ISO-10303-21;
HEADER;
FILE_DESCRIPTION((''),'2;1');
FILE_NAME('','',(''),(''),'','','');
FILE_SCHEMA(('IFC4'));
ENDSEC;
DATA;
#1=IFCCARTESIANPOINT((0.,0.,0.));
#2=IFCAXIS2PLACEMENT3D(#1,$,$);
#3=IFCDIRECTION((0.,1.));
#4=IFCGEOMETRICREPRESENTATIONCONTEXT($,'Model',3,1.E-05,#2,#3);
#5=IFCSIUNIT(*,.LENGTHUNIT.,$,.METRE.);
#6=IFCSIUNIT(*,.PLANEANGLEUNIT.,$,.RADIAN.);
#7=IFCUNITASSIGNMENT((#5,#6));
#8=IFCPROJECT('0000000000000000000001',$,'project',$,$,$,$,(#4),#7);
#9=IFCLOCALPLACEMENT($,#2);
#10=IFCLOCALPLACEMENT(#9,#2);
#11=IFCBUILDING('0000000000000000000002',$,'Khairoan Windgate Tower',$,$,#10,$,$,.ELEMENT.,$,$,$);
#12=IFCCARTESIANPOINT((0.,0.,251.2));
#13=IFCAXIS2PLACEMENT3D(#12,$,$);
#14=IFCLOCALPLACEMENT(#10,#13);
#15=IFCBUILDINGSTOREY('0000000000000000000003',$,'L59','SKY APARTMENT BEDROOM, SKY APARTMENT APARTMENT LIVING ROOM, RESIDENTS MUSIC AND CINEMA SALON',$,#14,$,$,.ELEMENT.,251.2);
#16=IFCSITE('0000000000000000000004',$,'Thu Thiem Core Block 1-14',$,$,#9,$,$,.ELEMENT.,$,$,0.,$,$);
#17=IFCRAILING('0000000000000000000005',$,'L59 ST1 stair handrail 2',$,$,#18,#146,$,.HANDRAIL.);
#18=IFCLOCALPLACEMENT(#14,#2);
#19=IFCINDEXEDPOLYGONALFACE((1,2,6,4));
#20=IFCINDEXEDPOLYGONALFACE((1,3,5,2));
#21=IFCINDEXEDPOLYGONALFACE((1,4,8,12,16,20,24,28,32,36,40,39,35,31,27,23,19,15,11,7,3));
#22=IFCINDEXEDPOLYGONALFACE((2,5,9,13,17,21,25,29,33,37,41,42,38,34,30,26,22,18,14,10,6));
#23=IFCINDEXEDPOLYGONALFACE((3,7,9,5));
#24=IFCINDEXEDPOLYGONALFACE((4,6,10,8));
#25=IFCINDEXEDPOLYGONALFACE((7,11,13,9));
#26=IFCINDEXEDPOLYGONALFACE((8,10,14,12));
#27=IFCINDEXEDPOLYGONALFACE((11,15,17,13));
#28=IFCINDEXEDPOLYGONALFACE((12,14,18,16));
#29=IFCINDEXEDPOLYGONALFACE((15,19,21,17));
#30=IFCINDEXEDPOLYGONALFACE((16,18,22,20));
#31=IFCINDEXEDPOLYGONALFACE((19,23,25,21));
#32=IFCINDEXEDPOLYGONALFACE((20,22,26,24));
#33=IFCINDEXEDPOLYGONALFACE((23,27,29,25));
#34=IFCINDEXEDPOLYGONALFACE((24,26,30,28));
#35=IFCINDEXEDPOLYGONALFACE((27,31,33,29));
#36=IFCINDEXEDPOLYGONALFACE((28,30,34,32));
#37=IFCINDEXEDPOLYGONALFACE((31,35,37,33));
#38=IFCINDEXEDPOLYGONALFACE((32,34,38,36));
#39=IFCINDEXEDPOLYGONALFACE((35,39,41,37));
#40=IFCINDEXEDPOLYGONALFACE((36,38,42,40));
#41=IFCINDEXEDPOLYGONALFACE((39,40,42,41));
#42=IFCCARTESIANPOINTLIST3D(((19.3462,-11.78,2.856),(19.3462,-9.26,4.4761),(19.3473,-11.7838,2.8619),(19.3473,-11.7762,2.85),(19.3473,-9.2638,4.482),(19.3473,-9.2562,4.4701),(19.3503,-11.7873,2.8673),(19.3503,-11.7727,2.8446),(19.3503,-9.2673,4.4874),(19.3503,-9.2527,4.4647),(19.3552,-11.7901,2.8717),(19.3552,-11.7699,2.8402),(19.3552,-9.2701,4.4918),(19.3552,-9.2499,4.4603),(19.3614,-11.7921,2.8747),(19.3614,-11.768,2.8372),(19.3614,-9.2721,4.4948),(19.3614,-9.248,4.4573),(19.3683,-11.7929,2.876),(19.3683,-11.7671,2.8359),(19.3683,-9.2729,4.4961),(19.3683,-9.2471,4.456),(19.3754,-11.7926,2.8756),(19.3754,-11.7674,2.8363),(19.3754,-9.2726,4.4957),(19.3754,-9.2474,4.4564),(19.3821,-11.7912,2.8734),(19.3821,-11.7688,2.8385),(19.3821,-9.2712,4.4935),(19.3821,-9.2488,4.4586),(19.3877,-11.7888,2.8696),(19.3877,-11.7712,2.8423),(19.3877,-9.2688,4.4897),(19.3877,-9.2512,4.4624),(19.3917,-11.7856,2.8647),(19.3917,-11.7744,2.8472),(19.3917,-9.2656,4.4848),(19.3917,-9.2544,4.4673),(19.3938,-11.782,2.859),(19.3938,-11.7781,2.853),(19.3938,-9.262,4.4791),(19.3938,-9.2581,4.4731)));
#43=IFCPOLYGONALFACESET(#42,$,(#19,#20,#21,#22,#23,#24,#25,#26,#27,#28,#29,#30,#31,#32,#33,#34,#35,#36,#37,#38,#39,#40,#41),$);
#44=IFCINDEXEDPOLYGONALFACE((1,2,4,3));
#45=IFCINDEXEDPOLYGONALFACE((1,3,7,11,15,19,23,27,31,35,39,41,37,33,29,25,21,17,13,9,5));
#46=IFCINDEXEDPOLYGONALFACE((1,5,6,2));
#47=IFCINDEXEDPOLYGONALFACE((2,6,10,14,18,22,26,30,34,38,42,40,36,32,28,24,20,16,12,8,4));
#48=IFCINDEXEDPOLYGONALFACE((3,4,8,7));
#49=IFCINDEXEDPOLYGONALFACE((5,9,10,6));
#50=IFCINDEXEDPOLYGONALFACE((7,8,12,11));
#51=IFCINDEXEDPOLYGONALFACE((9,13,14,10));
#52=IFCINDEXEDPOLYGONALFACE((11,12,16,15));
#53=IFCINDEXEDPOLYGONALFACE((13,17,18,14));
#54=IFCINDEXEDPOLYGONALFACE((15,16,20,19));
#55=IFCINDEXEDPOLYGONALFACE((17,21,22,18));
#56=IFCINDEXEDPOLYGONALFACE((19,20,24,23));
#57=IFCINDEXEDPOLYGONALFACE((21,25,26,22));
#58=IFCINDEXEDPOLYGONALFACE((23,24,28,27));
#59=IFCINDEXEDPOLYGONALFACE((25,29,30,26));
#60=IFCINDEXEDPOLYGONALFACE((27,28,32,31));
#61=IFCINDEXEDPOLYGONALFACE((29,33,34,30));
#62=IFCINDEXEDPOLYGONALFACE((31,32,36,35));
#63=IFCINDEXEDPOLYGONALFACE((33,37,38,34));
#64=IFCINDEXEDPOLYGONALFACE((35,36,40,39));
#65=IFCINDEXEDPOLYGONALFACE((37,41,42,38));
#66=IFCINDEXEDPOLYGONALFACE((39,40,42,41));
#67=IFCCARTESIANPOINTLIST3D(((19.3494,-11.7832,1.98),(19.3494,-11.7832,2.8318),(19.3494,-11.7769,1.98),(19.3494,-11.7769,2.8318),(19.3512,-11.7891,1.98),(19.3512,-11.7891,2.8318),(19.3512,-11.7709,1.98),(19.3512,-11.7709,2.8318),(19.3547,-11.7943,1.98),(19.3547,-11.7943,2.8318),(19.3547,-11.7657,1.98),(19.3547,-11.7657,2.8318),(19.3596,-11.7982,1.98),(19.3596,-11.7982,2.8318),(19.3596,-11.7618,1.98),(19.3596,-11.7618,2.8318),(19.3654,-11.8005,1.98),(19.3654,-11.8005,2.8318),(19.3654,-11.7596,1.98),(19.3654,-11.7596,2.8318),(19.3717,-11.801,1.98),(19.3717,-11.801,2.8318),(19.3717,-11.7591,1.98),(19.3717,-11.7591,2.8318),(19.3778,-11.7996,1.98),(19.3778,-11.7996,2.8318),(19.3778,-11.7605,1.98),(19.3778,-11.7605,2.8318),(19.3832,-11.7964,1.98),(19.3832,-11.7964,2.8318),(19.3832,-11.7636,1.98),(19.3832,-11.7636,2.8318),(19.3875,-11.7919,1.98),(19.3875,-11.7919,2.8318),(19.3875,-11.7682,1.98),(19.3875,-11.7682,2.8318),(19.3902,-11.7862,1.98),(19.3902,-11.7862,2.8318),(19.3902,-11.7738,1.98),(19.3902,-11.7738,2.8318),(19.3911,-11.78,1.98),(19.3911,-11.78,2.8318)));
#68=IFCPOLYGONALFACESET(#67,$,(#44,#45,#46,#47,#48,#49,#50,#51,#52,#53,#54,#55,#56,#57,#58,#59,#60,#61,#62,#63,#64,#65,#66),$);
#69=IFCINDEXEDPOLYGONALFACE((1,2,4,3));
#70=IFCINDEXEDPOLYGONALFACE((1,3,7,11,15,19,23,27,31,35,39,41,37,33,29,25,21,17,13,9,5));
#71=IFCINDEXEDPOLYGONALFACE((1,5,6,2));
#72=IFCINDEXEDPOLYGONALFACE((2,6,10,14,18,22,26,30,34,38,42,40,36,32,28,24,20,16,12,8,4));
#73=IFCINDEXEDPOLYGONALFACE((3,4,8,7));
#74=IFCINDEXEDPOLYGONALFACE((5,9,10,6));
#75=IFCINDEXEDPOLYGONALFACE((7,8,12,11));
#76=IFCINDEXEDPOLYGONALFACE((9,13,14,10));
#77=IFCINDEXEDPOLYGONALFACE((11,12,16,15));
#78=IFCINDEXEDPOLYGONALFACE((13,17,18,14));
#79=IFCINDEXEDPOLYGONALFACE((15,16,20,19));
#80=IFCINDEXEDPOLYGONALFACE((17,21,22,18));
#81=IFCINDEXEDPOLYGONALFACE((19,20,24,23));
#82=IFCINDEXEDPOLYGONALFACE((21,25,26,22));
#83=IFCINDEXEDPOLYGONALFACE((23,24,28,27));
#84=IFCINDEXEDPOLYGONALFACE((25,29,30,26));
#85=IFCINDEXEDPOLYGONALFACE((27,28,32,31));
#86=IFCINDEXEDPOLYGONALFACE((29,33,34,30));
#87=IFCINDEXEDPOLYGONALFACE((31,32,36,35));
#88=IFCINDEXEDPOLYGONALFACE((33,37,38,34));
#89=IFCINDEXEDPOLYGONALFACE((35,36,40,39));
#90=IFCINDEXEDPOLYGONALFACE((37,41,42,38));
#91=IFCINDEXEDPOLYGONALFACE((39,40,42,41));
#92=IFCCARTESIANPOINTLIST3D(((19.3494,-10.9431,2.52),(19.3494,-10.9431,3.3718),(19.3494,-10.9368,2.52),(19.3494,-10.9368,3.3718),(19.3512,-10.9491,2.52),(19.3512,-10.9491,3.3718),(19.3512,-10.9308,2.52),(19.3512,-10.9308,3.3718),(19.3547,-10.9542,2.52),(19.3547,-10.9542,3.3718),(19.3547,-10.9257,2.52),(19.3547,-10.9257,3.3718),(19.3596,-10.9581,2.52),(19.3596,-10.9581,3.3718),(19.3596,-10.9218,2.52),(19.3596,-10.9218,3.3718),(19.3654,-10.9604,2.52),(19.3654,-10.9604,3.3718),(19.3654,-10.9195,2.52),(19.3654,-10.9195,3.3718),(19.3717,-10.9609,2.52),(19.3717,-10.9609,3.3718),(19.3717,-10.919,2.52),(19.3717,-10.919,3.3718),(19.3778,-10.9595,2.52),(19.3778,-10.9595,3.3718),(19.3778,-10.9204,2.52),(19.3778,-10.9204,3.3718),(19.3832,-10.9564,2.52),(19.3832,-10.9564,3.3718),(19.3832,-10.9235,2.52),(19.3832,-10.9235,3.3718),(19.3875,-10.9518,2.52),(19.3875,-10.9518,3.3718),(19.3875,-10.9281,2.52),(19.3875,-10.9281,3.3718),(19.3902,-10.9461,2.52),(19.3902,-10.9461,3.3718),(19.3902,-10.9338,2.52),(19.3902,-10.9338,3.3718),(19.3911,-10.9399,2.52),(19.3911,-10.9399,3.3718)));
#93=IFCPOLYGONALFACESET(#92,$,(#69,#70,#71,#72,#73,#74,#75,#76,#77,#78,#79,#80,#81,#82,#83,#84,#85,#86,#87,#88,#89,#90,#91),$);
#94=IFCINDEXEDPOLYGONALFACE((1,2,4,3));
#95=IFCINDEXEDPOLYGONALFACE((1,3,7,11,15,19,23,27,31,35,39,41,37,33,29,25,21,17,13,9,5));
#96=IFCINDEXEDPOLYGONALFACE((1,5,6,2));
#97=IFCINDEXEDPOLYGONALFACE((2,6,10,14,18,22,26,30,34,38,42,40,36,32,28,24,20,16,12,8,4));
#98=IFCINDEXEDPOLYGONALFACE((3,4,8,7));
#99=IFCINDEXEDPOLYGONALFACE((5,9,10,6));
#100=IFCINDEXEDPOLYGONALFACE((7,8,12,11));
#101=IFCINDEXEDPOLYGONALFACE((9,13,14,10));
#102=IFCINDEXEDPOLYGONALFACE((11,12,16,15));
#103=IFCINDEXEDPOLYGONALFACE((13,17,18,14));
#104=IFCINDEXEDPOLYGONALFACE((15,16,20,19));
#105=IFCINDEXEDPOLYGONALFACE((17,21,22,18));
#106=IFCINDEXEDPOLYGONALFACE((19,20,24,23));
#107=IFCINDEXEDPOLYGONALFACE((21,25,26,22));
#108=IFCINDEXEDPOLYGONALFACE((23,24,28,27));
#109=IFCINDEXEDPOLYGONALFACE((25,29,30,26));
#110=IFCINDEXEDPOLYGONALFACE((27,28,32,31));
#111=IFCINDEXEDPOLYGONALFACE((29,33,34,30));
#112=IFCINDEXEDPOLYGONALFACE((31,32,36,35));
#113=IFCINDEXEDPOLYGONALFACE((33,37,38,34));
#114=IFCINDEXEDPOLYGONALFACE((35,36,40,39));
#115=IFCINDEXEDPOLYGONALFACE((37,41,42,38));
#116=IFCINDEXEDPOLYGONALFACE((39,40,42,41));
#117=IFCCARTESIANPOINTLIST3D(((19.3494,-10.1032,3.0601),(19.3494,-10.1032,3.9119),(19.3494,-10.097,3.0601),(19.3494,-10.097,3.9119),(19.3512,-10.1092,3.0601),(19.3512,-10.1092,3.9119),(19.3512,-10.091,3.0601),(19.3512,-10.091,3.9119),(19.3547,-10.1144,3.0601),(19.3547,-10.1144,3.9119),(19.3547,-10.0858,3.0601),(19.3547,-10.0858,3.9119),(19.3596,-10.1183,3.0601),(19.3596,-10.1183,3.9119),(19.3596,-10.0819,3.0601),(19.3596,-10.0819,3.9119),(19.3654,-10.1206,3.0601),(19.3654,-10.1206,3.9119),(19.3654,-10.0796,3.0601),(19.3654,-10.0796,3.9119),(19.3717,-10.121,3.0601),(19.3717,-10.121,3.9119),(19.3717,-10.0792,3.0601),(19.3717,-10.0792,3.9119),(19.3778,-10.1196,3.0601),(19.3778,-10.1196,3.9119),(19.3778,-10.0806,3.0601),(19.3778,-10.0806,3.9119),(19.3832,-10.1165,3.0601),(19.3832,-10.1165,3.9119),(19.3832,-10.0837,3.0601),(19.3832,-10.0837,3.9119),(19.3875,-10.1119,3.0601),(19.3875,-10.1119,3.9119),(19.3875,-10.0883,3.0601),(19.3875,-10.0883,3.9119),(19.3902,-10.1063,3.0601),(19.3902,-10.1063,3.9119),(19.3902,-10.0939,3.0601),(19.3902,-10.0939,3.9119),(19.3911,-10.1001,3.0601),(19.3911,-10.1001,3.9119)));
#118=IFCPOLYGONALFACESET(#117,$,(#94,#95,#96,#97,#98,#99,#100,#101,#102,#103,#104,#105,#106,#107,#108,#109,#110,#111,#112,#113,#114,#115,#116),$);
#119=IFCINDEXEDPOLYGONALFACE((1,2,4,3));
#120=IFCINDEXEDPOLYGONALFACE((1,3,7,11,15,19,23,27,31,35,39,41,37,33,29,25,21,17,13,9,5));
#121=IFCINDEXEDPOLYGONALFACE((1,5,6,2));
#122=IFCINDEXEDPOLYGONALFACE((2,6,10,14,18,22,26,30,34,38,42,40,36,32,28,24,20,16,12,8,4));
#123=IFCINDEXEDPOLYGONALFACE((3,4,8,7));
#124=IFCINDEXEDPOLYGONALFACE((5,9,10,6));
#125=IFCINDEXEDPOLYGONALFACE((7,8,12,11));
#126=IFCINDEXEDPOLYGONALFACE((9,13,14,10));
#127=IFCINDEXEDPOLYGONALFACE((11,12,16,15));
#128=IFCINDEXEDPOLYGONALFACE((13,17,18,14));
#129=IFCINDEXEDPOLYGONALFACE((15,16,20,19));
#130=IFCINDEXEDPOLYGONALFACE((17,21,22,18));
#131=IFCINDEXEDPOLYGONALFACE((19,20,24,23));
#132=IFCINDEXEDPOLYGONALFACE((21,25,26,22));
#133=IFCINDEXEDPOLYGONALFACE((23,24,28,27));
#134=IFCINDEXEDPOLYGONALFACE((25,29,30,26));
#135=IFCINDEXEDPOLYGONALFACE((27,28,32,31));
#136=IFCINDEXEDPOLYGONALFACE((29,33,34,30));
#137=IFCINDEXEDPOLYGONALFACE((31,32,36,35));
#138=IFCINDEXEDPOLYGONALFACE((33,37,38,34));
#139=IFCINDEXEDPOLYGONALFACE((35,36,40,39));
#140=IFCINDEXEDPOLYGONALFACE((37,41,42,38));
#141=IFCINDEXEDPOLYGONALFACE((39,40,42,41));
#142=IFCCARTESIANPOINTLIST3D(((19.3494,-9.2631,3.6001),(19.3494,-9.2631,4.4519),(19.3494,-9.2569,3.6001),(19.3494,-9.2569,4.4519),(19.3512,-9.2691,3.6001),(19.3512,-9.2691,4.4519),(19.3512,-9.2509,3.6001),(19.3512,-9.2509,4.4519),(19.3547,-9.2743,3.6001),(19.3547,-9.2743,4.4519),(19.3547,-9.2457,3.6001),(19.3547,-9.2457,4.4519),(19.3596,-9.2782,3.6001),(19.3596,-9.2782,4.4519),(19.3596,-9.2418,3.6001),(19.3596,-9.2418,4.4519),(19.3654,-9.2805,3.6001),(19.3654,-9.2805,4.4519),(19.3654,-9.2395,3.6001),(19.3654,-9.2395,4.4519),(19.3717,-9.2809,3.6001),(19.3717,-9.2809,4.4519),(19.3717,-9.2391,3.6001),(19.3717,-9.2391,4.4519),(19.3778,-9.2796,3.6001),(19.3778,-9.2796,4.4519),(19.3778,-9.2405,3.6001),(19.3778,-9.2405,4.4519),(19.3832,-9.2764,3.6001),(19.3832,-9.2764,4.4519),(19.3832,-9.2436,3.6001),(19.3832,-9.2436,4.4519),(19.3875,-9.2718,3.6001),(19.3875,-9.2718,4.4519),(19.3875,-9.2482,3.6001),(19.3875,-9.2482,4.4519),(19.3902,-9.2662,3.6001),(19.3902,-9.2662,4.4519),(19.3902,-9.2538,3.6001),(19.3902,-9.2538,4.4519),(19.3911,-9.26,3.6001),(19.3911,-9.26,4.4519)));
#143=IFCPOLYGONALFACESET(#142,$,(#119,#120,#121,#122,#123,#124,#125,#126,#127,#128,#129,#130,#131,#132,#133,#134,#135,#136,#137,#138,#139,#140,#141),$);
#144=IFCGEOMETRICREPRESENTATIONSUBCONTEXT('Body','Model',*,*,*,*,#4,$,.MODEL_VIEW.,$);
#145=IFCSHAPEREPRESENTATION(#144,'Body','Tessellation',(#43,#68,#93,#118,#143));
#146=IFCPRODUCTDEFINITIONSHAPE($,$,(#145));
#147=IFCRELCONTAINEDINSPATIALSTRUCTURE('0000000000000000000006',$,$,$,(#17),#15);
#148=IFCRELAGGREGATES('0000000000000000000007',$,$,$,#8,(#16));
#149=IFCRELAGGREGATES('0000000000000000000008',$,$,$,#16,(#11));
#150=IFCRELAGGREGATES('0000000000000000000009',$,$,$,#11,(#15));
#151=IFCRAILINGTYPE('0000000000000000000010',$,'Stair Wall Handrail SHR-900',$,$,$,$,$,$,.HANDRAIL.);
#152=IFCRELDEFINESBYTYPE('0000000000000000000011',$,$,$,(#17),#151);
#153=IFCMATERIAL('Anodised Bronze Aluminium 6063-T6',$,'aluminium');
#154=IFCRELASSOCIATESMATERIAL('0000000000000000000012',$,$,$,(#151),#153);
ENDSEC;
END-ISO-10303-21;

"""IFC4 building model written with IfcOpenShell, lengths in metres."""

from ifc_helpers import new_model, si_unit, direction, frame, origin, origin_2d, place, context, subcontext, project, spatial, circle, extrude, material, type_object, element, save


model = new_model("IFC4")

# Units and contexts
model_context = context("Model", 3, precision=1e-05, world=origin(), true_north=direction((0.0, 1.0)))
body_context = subcontext(model_context, "Body", "Model", "MODEL_VIEW")
ifc_project = project(units=[si_unit("LENGTHUNIT", "METRE"), si_unit("PLANEANGLEUNIT", "RADIAN")], contexts=[model_context])

# Site, building, storey
site_placement = place(None, origin())
site = spatial("IfcSite", under=ifc_project, at=site_placement, Name="Thu Thiem Core Block 1-14", CompositionType="ELEMENT", RefElevation=0.0)
building_placement = place(site_placement, origin())
building = spatial("IfcBuilding", under=site, at=building_placement, Name="Khairoan Windgate Tower", CompositionType="ELEMENT")
storey_placement = place(building_placement, frame((0.0, 0.0, 251.2)))
storey = spatial("IfcBuildingStorey", under=building, at=storey_placement, Name="L59", Description="SKY APARTMENT BEDROOM, SKY APARTMENT APARTMENT LIVING ROOM, RESIDENTS MUSIC AND CINEMA SALON", CompositionType="ELEMENT", Elevation=251.2)

# Railing
ifc_material_1 = material(Name="Anodised Bronze Aluminium 6063-T6", Category="aluminium")
railing_type_1 = type_object("IfcRailingType", Name="Stair Wall Handrail SHR-900", PredefinedType="HANDRAIL", material=ifc_material_1)
railing_1_placement = place(storey_placement, frame((19.3701, -11.78, 1.98)))
element("IfcRailing", 1, at=railing_1_placement, inside=storey, type_object=railing_type_1, Name="L59 ST1 stair handrail 2", PredefinedType="HANDRAIL", context=body_context, shape_type="SweptSolid", body=[
    extrude(circle(Radius=0.0239, at=origin_2d()), frame((0.0, 0.0, 0.876), z_axis=(0.0, 0.841163, 0.540782), x_axis=(-1.0, 0.0, 0.0)), (0.0, 0.0, 1.0), 2.9958),
    extrude(circle(Radius=0.021, at=origin_2d()), origin(), (0.0, 0.0, 1.0), 0.8518),
    extrude(circle(Radius=0.021, at=origin_2d()), frame((0.0, 0.8401, 0.54)), (0.0, 0.0, 1.0), 0.8518),
    extrude(circle(Radius=0.021, at=origin_2d()), frame((0.0, 1.6799, 1.0801)), (0.0, 0.0, 1.0), 0.8518),
    extrude(circle(Radius=0.021, at=origin_2d()), frame((0.0, 2.52, 1.6201)), (0.0, 0.0, 1.0), 0.8518),
])

save(model, "model.ifc")
